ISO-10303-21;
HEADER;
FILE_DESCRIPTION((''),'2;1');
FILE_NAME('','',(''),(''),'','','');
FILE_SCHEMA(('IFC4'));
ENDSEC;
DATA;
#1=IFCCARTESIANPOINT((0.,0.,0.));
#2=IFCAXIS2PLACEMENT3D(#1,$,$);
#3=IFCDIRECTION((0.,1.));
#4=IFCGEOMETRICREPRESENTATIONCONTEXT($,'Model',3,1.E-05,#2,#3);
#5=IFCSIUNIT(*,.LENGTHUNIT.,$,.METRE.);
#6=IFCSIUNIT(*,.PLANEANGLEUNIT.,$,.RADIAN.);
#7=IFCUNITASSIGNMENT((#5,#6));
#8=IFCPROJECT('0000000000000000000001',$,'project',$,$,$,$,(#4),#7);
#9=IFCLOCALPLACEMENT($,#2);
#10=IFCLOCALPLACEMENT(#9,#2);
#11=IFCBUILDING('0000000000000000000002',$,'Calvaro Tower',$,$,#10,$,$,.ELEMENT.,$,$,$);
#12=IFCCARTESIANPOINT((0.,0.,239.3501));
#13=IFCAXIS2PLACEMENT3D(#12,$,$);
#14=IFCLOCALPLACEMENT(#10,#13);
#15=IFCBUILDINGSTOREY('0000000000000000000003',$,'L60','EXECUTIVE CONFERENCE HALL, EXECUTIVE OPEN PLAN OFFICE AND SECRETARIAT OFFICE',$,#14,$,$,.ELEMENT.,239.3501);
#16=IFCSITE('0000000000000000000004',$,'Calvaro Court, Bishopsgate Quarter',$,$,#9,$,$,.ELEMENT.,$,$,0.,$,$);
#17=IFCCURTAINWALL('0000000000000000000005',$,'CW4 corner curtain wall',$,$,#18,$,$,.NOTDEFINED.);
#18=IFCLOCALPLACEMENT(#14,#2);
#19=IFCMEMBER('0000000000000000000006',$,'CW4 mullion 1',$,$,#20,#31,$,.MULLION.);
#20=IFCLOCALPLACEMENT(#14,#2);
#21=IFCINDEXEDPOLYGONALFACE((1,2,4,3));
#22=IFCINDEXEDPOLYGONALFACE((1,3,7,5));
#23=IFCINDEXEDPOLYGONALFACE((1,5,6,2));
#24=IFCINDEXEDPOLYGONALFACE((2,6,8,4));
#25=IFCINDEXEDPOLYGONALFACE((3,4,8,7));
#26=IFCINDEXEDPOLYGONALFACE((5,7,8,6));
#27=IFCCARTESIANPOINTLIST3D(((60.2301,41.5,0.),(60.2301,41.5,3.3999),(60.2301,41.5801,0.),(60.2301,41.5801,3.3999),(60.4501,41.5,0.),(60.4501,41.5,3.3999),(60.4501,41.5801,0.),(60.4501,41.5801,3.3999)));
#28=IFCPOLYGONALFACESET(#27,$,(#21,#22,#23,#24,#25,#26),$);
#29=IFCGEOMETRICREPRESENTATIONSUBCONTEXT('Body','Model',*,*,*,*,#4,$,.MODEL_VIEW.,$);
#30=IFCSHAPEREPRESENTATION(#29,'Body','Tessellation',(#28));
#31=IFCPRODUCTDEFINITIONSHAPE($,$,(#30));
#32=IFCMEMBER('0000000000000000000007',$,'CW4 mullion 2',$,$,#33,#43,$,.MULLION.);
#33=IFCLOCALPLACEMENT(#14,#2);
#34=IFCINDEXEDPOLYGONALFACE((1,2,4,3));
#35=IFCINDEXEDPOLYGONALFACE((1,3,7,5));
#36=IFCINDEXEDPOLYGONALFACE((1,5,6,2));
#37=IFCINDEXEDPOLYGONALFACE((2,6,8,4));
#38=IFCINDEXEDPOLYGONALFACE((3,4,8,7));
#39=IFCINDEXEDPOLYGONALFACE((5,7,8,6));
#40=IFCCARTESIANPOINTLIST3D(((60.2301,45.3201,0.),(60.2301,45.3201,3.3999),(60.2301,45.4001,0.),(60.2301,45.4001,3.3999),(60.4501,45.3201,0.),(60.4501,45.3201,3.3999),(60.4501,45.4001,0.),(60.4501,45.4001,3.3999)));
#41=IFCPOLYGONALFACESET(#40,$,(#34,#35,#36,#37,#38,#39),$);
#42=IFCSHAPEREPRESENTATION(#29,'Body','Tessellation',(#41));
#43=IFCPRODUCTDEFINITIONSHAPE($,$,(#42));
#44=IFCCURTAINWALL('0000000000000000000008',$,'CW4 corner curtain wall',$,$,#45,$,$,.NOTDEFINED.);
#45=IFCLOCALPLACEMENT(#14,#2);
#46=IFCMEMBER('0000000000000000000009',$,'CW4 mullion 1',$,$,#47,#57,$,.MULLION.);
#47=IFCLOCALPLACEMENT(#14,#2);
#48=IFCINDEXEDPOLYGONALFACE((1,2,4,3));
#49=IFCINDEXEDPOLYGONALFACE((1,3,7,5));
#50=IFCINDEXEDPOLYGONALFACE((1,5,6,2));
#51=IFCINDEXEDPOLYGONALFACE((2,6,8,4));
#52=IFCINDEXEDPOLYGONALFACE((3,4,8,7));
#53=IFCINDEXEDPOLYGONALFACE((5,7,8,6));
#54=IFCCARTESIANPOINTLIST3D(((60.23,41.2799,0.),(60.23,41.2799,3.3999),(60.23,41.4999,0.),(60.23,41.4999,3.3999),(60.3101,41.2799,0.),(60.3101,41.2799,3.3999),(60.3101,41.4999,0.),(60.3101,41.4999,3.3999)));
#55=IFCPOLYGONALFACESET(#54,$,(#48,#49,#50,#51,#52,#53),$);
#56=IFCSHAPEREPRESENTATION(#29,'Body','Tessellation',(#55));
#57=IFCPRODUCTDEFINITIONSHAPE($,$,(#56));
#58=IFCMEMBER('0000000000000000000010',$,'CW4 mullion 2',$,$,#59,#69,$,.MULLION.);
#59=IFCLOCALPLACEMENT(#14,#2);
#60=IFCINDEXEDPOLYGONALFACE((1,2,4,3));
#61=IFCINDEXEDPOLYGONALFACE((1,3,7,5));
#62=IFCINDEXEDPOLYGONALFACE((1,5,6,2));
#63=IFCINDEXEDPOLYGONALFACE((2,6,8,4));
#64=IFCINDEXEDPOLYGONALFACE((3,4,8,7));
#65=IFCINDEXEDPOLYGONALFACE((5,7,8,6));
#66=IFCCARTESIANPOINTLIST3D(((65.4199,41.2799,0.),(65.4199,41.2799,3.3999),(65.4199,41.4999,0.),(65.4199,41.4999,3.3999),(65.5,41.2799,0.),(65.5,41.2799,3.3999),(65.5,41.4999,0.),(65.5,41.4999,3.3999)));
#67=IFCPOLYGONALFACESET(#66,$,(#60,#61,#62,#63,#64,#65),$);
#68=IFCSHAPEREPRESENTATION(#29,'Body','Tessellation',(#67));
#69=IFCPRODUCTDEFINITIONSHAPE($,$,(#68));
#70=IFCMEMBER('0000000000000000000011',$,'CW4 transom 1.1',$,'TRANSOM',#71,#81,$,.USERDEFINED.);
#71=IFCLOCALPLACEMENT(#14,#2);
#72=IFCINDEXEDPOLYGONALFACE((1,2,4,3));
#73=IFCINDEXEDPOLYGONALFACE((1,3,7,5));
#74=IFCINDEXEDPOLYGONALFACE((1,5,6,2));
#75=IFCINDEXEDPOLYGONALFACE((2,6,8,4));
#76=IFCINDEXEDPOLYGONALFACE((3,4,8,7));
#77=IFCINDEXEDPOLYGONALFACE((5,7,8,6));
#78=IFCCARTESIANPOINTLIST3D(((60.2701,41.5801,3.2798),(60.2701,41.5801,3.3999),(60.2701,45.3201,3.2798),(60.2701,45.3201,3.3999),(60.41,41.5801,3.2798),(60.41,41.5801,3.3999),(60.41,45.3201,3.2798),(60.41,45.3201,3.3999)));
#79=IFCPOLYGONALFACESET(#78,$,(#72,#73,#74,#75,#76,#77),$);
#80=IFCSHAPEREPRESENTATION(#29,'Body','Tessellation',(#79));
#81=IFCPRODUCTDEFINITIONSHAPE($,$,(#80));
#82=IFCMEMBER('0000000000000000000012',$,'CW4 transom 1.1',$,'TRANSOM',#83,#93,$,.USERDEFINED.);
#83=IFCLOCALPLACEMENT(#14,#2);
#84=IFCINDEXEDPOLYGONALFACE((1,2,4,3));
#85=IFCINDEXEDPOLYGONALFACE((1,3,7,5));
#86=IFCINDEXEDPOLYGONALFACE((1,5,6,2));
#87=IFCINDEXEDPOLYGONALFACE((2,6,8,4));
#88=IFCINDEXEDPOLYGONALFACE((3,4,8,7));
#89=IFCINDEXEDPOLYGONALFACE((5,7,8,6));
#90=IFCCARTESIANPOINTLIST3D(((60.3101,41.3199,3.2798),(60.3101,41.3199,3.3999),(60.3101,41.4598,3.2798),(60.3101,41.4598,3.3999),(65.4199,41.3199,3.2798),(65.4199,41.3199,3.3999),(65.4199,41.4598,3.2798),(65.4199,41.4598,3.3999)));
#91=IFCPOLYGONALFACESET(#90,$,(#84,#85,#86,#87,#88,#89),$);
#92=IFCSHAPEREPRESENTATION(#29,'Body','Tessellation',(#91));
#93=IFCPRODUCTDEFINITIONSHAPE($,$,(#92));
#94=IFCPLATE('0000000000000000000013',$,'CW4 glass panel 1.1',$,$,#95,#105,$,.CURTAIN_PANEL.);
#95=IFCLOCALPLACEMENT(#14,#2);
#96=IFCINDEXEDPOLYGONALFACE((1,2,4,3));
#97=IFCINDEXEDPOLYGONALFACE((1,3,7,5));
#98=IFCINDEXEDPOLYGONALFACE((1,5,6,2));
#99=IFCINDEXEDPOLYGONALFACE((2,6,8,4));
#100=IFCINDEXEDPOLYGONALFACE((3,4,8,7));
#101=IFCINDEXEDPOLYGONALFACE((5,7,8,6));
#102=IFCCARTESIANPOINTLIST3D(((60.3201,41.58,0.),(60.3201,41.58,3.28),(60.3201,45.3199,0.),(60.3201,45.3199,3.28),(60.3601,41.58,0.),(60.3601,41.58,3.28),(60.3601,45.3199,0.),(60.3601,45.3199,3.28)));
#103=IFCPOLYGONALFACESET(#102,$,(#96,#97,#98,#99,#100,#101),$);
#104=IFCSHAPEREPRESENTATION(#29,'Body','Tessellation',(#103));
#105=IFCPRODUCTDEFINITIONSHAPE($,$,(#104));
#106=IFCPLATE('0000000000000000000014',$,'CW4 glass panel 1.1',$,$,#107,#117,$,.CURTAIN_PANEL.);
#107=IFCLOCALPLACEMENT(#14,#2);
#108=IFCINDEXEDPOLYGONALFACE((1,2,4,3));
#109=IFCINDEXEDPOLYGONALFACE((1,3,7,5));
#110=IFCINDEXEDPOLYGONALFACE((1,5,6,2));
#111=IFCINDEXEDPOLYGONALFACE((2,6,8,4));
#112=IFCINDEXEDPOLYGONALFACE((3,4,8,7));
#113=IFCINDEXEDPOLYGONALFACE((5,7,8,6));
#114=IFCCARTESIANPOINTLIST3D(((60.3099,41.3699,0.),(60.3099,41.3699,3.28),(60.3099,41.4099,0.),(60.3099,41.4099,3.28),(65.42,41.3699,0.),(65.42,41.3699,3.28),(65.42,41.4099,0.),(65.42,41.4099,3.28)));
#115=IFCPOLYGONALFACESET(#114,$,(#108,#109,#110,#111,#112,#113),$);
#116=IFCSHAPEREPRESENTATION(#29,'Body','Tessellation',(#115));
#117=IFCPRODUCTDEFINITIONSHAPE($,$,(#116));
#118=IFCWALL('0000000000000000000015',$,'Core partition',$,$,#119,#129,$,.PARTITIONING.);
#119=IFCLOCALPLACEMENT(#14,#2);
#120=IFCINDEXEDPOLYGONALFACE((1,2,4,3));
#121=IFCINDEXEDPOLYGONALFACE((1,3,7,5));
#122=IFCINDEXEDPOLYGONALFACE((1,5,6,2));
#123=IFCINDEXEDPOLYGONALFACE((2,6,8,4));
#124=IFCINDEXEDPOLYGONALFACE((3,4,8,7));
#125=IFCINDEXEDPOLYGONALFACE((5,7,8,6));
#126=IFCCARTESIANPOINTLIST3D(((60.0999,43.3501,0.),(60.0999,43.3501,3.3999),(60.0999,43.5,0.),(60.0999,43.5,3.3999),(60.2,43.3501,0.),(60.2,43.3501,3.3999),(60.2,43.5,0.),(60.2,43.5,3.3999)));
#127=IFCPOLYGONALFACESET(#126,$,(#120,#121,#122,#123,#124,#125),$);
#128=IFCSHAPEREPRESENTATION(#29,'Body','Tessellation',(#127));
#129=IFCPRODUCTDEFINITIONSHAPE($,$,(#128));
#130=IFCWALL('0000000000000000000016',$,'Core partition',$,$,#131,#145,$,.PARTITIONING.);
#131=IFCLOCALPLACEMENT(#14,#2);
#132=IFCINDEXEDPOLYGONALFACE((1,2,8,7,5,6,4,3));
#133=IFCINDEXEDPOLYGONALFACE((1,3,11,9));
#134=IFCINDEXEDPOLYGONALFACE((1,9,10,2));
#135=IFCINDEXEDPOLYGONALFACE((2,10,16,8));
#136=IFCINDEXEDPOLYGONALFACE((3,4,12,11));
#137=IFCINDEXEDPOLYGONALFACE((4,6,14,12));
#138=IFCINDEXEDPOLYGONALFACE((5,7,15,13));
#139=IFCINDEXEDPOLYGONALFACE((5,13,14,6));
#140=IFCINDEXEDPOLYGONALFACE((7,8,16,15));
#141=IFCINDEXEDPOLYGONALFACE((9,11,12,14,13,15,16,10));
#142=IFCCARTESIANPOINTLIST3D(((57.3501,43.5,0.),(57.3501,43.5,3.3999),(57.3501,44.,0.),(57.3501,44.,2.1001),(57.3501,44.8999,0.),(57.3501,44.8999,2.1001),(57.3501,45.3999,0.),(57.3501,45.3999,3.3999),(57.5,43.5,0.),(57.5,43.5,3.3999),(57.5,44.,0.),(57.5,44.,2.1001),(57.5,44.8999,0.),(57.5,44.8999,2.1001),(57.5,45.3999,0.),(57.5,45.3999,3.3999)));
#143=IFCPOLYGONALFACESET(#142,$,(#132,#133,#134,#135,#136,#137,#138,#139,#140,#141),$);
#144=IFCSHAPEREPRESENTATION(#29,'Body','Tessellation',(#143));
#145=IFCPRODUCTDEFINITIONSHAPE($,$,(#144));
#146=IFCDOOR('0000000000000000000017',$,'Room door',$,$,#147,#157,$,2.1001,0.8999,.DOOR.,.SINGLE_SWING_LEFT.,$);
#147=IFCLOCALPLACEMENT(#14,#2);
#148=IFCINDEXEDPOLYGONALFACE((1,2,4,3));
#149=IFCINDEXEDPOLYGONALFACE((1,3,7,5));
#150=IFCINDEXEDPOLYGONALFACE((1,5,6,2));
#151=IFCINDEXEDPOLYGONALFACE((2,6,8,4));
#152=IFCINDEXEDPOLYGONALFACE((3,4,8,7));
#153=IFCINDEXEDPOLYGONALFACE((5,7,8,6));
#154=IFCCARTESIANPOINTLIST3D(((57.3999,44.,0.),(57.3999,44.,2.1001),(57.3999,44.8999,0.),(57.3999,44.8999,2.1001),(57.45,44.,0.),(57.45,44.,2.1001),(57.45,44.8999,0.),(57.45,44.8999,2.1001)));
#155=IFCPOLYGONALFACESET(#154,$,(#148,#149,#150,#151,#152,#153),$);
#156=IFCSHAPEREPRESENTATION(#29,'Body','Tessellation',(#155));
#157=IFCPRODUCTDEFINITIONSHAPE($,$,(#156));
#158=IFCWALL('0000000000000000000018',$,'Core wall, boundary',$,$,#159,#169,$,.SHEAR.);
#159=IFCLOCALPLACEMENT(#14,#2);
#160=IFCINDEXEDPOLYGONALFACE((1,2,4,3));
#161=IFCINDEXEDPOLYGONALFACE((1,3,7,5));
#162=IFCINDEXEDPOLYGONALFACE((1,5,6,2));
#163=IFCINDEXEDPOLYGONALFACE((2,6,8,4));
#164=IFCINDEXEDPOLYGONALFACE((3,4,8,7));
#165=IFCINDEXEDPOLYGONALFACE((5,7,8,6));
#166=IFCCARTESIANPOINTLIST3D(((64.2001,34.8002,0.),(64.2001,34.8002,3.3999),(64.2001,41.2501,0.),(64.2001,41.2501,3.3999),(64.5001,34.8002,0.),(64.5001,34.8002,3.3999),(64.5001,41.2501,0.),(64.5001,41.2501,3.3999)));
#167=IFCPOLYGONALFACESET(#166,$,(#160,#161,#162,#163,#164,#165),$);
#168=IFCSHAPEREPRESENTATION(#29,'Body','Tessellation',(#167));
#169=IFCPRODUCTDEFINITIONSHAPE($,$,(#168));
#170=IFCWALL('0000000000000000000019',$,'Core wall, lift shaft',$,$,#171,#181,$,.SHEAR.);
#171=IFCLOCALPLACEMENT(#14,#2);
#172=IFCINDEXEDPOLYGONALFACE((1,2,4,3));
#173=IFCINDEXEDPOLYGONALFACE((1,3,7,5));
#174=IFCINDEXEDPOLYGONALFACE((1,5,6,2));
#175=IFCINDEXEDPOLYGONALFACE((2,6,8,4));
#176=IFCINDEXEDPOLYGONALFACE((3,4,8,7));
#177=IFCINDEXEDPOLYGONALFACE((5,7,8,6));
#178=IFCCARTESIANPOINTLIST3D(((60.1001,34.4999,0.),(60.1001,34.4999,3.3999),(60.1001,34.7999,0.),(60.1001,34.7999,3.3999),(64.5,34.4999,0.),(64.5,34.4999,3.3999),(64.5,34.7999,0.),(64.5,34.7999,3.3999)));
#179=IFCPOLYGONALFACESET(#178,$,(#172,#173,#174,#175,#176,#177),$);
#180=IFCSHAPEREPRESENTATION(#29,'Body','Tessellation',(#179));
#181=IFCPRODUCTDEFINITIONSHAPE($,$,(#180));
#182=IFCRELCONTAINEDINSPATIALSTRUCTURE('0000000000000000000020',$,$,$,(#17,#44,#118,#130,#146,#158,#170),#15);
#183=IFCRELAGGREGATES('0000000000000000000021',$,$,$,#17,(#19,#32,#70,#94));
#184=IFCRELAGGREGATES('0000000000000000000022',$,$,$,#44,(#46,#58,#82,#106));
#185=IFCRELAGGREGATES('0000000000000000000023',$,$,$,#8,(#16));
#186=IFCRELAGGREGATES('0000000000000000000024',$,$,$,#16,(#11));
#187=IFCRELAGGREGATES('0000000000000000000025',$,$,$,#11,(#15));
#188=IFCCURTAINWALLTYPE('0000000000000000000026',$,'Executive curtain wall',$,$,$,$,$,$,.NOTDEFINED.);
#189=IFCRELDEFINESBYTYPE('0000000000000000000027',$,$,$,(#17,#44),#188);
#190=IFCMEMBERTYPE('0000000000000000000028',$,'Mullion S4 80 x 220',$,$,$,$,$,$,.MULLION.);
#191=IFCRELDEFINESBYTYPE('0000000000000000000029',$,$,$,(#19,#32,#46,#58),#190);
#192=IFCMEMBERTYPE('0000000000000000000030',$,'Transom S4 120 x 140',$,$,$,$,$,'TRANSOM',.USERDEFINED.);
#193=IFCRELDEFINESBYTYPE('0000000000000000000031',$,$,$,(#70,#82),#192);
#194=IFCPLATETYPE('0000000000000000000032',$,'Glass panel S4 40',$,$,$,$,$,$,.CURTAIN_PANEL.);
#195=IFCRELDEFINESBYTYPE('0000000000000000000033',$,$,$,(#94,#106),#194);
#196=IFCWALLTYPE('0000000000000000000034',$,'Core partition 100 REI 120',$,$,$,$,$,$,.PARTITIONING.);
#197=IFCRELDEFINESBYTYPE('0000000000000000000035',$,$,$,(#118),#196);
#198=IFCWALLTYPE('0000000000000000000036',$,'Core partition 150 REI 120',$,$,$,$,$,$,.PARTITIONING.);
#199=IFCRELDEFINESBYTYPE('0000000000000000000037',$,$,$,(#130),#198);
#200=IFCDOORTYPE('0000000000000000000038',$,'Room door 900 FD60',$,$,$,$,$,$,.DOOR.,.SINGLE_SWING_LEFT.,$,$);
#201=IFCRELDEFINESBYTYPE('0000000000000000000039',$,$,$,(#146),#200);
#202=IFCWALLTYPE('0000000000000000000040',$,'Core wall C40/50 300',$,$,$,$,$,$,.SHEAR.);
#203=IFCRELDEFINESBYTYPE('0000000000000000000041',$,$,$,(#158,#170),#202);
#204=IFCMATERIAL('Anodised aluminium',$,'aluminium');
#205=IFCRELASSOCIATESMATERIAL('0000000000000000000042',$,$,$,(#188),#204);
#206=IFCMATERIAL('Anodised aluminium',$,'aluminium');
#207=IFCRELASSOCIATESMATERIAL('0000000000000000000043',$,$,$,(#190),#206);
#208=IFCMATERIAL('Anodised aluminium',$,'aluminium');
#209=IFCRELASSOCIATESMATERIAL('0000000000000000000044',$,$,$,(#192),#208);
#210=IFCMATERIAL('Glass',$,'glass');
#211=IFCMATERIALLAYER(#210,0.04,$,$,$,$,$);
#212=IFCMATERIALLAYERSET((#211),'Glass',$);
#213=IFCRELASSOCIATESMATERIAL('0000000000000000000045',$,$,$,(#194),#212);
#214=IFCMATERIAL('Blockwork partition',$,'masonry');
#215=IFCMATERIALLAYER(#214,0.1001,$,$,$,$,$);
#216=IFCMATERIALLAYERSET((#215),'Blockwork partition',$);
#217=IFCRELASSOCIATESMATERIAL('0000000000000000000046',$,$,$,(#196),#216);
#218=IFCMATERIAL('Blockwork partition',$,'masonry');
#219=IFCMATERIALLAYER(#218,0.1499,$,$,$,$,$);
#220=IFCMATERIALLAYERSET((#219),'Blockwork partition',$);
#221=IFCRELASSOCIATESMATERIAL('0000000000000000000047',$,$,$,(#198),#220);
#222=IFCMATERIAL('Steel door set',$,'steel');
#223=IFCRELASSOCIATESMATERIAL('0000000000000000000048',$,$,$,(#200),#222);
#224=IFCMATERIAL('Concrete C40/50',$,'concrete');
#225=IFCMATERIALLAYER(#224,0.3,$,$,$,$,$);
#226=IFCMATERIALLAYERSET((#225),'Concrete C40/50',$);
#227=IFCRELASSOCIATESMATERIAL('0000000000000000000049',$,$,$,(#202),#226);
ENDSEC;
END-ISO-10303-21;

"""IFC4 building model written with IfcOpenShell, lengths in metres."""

from ifc_helpers import new_model, si_unit, direction, frame, frame_2d, origin, origin_2d, place, context, subcontext, project, spatial, rectangle, extrude, material, layer, layer_set, material_profile, profile_set, type_object, element, fill, aggregate, save


model = new_model("IFC4")

# Units and contexts
model_context = context("Model", 3, precision=1e-05, world=origin(), true_north=direction((0.0, 1.0)))
body_context = subcontext(model_context, "Body", "Model", "MODEL_VIEW")
ifc_project = project(units=[si_unit("LENGTHUNIT", "METRE"), si_unit("PLANEANGLEUNIT", "RADIAN")], contexts=[model_context])

# Site, building, storey
site_placement = place(None, origin())
site = spatial("IfcSite", under=ifc_project, at=site_placement, Name="Calvaro Court, Bishopsgate Quarter", CompositionType="ELEMENT", RefElevation=0.0)
building_placement = place(site_placement, origin())
building = spatial("IfcBuilding", under=site, at=building_placement, Name="Calvaro Tower", CompositionType="ELEMENT")
storey_placement = place(building_placement, frame((0.0, 0.0, 239.3501)))
storey = spatial("IfcBuildingStorey", under=building, at=storey_placement, Name="L60", Description="EXECUTIVE CONFERENCE HALL, EXECUTIVE OPEN PLAN OFFICE AND SECRETARIAT OFFICE", CompositionType="ELEMENT", Elevation=239.3501)

# Curtain walls, members
ifc_material_1 = material(Name="Anodised aluminium", Category="aluminium")
curtain_wall_type = type_object("IfcCurtainWallType", Name="Executive curtain wall", PredefinedType="NOTDEFINED", material=ifc_material_1)
curtain_wall_1_placement = place(storey_placement, origin())
curtain_wall_1 = element("IfcCurtainWall", 1, at=curtain_wall_1_placement, inside=storey, type_object=curtain_wall_type, Name="CW4 corner curtain wall", PredefinedType="NOTDEFINED")
ifc_material_2 = material(Name="Anodised aluminium", Category="aluminium")
ifc_material_profile_1 = material_profile(ifc_material_2, rectangle(XDim=0.22, YDim=0.0801, at=origin_2d()), Name="Mullion S4 80 x 220")
ifc_profile_set_1 = profile_set([ifc_material_profile_1], Name="Anodised aluminium")
member_type_1 = type_object("IfcMemberType", Name="Mullion S4 80 x 220", PredefinedType="MULLION", material=ifc_profile_set_1)
member_1_placement = place(storey_placement, frame((60.3401, 41.54, 0.0), z_axis=(0.0, 0.0, 1.0), x_axis=(-1.0, 0.0, 0.0)))
member_1 = element("IfcMember", 2, at=member_1_placement, type_object=member_type_1, Name="CW4 mullion 1", PredefinedType="MULLION", context=body_context, shape_type="SweptSolid", body=[
    extrude(rectangle(XDim=0.22, YDim=0.0801, at=origin_2d()), origin(), (0.0, 0.0, 1.0), 3.3999),
])
member_2_placement = place(storey_placement, frame((60.3401, 45.3601, 0.0), z_axis=(0.0, 0.0, 1.0), x_axis=(-1.0, 0.0, 0.0)))
member_2 = element("IfcMember", 3, at=member_2_placement, type_object=member_type_1, Name="CW4 mullion 2", PredefinedType="MULLION", context=body_context, shape_type="SweptSolid", body=[
    extrude(rectangle(XDim=0.22, YDim=0.0801, at=origin_2d()), origin(), (0.0, 0.0, 1.0), 3.3999),
])
curtain_wall_2_placement = place(storey_placement, origin())
curtain_wall_2 = element("IfcCurtainWall", 4, at=curtain_wall_2_placement, inside=storey, type_object=curtain_wall_type, Name="CW4 corner curtain wall", PredefinedType="NOTDEFINED")
member_3_placement = place(storey_placement, frame((60.27, 41.3899, 0.0), z_axis=(0.0, 0.0, 1.0), x_axis=(0.0, 1.0, 0.0)))
member_3 = element("IfcMember", 5, at=member_3_placement, type_object=member_type_1, Name="CW4 mullion 1", PredefinedType="MULLION", context=body_context, shape_type="SweptSolid", body=[
    extrude(rectangle(XDim=0.22, YDim=0.0801, at=origin_2d()), origin(), (0.0, 0.0, 1.0), 3.3999),
])
member_4_placement = place(storey_placement, frame((65.46, 41.3899, 0.0), z_axis=(0.0, 0.0, 1.0), x_axis=(0.0, 1.0, 0.0)))
member_4 = element("IfcMember", 6, at=member_4_placement, type_object=member_type_1, Name="CW4 mullion 2", PredefinedType="MULLION", context=body_context, shape_type="SweptSolid", body=[
    extrude(rectangle(XDim=0.22, YDim=0.0801, at=origin_2d()), origin(), (0.0, 0.0, 1.0), 3.3999),
])

# Members
ifc_material_3 = material(Name="Anodised aluminium", Category="aluminium")
ifc_material_profile_2 = material_profile(ifc_material_3, rectangle(XDim=0.1399, YDim=0.1201, at=origin_2d()), Name="Transom S4 120 x 140")
ifc_profile_set_2 = profile_set([ifc_material_profile_2], Name="Anodised aluminium")
member_type_2 = type_object("IfcMemberType", Name="Transom S4 120 x 140", ElementType="TRANSOM", PredefinedType="USERDEFINED", material=ifc_profile_set_2)
member_5_placement = place(storey_placement, frame((60.3401, 41.5801, 3.3398), z_axis=(0.0, 1.0, 0.0), x_axis=(-1.0, 0.0, 0.0)))
member_5 = element("IfcMember", 7, at=member_5_placement, type_object=member_type_2, Name="CW4 transom 1.1", ObjectType="TRANSOM", PredefinedType="USERDEFINED", context=body_context, shape_type="SweptSolid", body=[
    extrude(rectangle(XDim=0.1399, YDim=0.1201, at=origin_2d()), origin(), (0.0, 0.0, 1.0), 3.74),
])
member_6_placement = place(storey_placement, frame((60.3101, 41.3899, 3.3398), z_axis=(1.0, 0.0, 0.0), x_axis=(0.0, 1.0, 0.0)))
member_6 = element("IfcMember", 8, at=member_6_placement, type_object=member_type_2, Name="CW4 transom 1.1", ObjectType="TRANSOM", PredefinedType="USERDEFINED", context=body_context, shape_type="SweptSolid", body=[
    extrude(rectangle(XDim=0.1399, YDim=0.1201, at=origin_2d()), origin(), (0.0, 0.0, 1.0), 5.1099),
])

# Plates
ifc_material_4 = material(Name="Glass", Category="glass")
ifc_layer_1 = layer(ifc_material_4, 0.04)
ifc_layer_set_1 = layer_set([ifc_layer_1], Name="Glass")
plate_type = type_object("IfcPlateType", Name="Glass panel S4 40", PredefinedType="CURTAIN_PANEL", material=ifc_layer_set_1)
plate_1_placement = place(storey_placement, frame((60.3401, 43.45, 0.0), z_axis=(0.0, 0.0, 1.0), x_axis=(0.0, 1.0, 0.0)))
plate_1 = element("IfcPlate", 9, at=plate_1_placement, type_object=plate_type, Name="CW4 glass panel 1.1", PredefinedType="CURTAIN_PANEL", context=body_context, shape_type="SweptSolid", body=[
    extrude(rectangle(XDim=3.74, YDim=0.04, at=origin_2d()), origin(), (0.0, 0.0, 1.0), 3.28),
])
aggregate(curtain_wall_1, [member_1, member_2, member_5, plate_1])
plate_2_placement = place(storey_placement, frame((62.865, 41.3899, 0.0), z_axis=(0.0, 0.0, 1.0), x_axis=(1.0, 0.0, 0.0)))
plate_2 = element("IfcPlate", 10, at=plate_2_placement, type_object=plate_type, Name="CW4 glass panel 1.1", PredefinedType="CURTAIN_PANEL", context=body_context, shape_type="SweptSolid", body=[
    extrude(rectangle(XDim=5.1101, YDim=0.04, at=origin_2d()), origin(), (0.0, 0.0, 1.0), 3.28),
])
aggregate(curtain_wall_2, [member_3, member_4, member_6, plate_2])

# Wall
ifc_material_5 = material(Name="Blockwork partition", Category="masonry")
ifc_layer_2 = layer(ifc_material_5, 0.1001)
ifc_layer_set_2 = layer_set([ifc_layer_2], Name="Blockwork partition")
wall_type_1 = type_object("IfcWallType", Name="Core partition 100 REI 120", PredefinedType="PARTITIONING", material=ifc_layer_set_2)
wall_1_placement = place(storey_placement, frame((60.1499, 43.3501, 0.0), z_axis=(0.0, 0.0, 1.0), x_axis=(0.0, 1.0, 0.0)))
element("IfcWall", 11, at=wall_1_placement, inside=storey, type_object=wall_type_1, Name="Core partition", PredefinedType="PARTITIONING", context=body_context, shape_type="SweptSolid", body=[
    extrude(rectangle(XDim=0.1499, YDim=0.1001, at=frame_2d((0.075, 0.0))), origin(), (0.0, 0.0, 1.0), 3.3999),
])

# Wall, opening, door
ifc_material_6 = material(Name="Blockwork partition", Category="masonry")
ifc_layer_3 = layer(ifc_material_6, 0.1499)
ifc_layer_set_3 = layer_set([ifc_layer_3], Name="Blockwork partition")
wall_type_2 = type_object("IfcWallType", Name="Core partition 150 REI 120", PredefinedType="PARTITIONING", material=ifc_layer_set_3)
wall_2_placement = place(storey_placement, frame((57.425, 45.3999, 0.0), z_axis=(0.0, 0.0, 1.0), x_axis=(0.0, -1.0, 0.0)))
wall_2 = element("IfcWall", 12, at=wall_2_placement, inside=storey, type_object=wall_type_2, Name="Core partition", PredefinedType="PARTITIONING", context=body_context, shape_type="SweptSolid", body=[
    extrude(rectangle(XDim=1.8999, YDim=0.1499, at=frame_2d((0.95, 0.0))), origin(), (0.0, 0.0, 1.0), 3.3999),
])
opening_1_placement = place(wall_2_placement, frame((0.5, 0.0, 0.0)))
opening_1 = element("IfcOpeningElement", 13, at=opening_1_placement, cuts=wall_2, PredefinedType="OPENING", context=body_context, shape_type="SweptSolid", body=[
    extrude(rectangle(XDim=0.8999, YDim=2.1001, at=frame_2d((0.45, 1.05))), frame((0.0, 0.085, 0.0), z_axis=(0.0, -1.0, 0.0), x_axis=(1.0, 0.0, 0.0)), (0.0, 0.0, 1.0), 0.1699),
])
ifc_material_7 = material(Name="Steel door set", Category="steel")
door_type_1 = type_object("IfcDoorType", Name="Room door 900 FD60", OperationType="SINGLE_SWING_LEFT", PredefinedType="DOOR", material=ifc_material_7)
door_1_placement = place(opening_1_placement, origin())
door_1 = element("IfcDoor", 14, at=door_1_placement, inside=storey, type_object=door_type_1, Name="Room door", OperationType="SINGLE_SWING_LEFT", OverallHeight=2.1001, OverallWidth=0.8999, PredefinedType="DOOR", context=body_context, shape_type="SweptSolid", body=[
    extrude(rectangle(XDim=0.8999, YDim=2.1001, at=frame_2d((0.45, 1.05))), frame((0.0, 0.0249, 0.0), z_axis=(0.0, -1.0, 0.0), x_axis=(1.0, 0.0, 0.0)), (0.0, 0.0, 1.0), 0.05),
])
fill(opening_1, door_1)

# Walls
ifc_material_8 = material(Name="Concrete C40/50", Category="concrete")
ifc_layer_4 = layer(ifc_material_8, 0.3)
ifc_layer_set_4 = layer_set([ifc_layer_4], Name="Concrete C40/50")
wall_type_3 = type_object("IfcWallType", Name="Core wall C40/50 300", PredefinedType="SHEAR", material=ifc_layer_set_4)
wall_3_placement = place(storey_placement, frame((64.3501, 34.8, 0.0), z_axis=(0.0, 0.0, 1.0), x_axis=(0.0, 1.0, 0.0)))
element("IfcWall", 15, at=wall_3_placement, inside=storey, type_object=wall_type_3, Name="Core wall, boundary", PredefinedType="SHEAR", context=body_context, shape_type="SweptSolid", body=[
    extrude(rectangle(XDim=6.45, YDim=0.3, at=frame_2d((3.2251, 0.0))), origin(), (0.0, 0.0, 1.0), 3.3999),
])
wall_4_placement = place(storey_placement, frame((60.1001, 34.6499, 0.0), z_axis=(0.0, 0.0, 1.0), x_axis=(1.0, 0.0, 0.0)))
element("IfcWall", 16, at=wall_4_placement, inside=storey, type_object=wall_type_3, Name="Core wall, lift shaft", PredefinedType="SHEAR", context=body_context, shape_type="SweptSolid", body=[
    extrude(rectangle(XDim=4.3999, YDim=0.3, at=frame_2d((2.2, 0.0))), origin(), (0.0, 0.0, 1.0), 3.3999),
])

save(model, "model.ifc")
